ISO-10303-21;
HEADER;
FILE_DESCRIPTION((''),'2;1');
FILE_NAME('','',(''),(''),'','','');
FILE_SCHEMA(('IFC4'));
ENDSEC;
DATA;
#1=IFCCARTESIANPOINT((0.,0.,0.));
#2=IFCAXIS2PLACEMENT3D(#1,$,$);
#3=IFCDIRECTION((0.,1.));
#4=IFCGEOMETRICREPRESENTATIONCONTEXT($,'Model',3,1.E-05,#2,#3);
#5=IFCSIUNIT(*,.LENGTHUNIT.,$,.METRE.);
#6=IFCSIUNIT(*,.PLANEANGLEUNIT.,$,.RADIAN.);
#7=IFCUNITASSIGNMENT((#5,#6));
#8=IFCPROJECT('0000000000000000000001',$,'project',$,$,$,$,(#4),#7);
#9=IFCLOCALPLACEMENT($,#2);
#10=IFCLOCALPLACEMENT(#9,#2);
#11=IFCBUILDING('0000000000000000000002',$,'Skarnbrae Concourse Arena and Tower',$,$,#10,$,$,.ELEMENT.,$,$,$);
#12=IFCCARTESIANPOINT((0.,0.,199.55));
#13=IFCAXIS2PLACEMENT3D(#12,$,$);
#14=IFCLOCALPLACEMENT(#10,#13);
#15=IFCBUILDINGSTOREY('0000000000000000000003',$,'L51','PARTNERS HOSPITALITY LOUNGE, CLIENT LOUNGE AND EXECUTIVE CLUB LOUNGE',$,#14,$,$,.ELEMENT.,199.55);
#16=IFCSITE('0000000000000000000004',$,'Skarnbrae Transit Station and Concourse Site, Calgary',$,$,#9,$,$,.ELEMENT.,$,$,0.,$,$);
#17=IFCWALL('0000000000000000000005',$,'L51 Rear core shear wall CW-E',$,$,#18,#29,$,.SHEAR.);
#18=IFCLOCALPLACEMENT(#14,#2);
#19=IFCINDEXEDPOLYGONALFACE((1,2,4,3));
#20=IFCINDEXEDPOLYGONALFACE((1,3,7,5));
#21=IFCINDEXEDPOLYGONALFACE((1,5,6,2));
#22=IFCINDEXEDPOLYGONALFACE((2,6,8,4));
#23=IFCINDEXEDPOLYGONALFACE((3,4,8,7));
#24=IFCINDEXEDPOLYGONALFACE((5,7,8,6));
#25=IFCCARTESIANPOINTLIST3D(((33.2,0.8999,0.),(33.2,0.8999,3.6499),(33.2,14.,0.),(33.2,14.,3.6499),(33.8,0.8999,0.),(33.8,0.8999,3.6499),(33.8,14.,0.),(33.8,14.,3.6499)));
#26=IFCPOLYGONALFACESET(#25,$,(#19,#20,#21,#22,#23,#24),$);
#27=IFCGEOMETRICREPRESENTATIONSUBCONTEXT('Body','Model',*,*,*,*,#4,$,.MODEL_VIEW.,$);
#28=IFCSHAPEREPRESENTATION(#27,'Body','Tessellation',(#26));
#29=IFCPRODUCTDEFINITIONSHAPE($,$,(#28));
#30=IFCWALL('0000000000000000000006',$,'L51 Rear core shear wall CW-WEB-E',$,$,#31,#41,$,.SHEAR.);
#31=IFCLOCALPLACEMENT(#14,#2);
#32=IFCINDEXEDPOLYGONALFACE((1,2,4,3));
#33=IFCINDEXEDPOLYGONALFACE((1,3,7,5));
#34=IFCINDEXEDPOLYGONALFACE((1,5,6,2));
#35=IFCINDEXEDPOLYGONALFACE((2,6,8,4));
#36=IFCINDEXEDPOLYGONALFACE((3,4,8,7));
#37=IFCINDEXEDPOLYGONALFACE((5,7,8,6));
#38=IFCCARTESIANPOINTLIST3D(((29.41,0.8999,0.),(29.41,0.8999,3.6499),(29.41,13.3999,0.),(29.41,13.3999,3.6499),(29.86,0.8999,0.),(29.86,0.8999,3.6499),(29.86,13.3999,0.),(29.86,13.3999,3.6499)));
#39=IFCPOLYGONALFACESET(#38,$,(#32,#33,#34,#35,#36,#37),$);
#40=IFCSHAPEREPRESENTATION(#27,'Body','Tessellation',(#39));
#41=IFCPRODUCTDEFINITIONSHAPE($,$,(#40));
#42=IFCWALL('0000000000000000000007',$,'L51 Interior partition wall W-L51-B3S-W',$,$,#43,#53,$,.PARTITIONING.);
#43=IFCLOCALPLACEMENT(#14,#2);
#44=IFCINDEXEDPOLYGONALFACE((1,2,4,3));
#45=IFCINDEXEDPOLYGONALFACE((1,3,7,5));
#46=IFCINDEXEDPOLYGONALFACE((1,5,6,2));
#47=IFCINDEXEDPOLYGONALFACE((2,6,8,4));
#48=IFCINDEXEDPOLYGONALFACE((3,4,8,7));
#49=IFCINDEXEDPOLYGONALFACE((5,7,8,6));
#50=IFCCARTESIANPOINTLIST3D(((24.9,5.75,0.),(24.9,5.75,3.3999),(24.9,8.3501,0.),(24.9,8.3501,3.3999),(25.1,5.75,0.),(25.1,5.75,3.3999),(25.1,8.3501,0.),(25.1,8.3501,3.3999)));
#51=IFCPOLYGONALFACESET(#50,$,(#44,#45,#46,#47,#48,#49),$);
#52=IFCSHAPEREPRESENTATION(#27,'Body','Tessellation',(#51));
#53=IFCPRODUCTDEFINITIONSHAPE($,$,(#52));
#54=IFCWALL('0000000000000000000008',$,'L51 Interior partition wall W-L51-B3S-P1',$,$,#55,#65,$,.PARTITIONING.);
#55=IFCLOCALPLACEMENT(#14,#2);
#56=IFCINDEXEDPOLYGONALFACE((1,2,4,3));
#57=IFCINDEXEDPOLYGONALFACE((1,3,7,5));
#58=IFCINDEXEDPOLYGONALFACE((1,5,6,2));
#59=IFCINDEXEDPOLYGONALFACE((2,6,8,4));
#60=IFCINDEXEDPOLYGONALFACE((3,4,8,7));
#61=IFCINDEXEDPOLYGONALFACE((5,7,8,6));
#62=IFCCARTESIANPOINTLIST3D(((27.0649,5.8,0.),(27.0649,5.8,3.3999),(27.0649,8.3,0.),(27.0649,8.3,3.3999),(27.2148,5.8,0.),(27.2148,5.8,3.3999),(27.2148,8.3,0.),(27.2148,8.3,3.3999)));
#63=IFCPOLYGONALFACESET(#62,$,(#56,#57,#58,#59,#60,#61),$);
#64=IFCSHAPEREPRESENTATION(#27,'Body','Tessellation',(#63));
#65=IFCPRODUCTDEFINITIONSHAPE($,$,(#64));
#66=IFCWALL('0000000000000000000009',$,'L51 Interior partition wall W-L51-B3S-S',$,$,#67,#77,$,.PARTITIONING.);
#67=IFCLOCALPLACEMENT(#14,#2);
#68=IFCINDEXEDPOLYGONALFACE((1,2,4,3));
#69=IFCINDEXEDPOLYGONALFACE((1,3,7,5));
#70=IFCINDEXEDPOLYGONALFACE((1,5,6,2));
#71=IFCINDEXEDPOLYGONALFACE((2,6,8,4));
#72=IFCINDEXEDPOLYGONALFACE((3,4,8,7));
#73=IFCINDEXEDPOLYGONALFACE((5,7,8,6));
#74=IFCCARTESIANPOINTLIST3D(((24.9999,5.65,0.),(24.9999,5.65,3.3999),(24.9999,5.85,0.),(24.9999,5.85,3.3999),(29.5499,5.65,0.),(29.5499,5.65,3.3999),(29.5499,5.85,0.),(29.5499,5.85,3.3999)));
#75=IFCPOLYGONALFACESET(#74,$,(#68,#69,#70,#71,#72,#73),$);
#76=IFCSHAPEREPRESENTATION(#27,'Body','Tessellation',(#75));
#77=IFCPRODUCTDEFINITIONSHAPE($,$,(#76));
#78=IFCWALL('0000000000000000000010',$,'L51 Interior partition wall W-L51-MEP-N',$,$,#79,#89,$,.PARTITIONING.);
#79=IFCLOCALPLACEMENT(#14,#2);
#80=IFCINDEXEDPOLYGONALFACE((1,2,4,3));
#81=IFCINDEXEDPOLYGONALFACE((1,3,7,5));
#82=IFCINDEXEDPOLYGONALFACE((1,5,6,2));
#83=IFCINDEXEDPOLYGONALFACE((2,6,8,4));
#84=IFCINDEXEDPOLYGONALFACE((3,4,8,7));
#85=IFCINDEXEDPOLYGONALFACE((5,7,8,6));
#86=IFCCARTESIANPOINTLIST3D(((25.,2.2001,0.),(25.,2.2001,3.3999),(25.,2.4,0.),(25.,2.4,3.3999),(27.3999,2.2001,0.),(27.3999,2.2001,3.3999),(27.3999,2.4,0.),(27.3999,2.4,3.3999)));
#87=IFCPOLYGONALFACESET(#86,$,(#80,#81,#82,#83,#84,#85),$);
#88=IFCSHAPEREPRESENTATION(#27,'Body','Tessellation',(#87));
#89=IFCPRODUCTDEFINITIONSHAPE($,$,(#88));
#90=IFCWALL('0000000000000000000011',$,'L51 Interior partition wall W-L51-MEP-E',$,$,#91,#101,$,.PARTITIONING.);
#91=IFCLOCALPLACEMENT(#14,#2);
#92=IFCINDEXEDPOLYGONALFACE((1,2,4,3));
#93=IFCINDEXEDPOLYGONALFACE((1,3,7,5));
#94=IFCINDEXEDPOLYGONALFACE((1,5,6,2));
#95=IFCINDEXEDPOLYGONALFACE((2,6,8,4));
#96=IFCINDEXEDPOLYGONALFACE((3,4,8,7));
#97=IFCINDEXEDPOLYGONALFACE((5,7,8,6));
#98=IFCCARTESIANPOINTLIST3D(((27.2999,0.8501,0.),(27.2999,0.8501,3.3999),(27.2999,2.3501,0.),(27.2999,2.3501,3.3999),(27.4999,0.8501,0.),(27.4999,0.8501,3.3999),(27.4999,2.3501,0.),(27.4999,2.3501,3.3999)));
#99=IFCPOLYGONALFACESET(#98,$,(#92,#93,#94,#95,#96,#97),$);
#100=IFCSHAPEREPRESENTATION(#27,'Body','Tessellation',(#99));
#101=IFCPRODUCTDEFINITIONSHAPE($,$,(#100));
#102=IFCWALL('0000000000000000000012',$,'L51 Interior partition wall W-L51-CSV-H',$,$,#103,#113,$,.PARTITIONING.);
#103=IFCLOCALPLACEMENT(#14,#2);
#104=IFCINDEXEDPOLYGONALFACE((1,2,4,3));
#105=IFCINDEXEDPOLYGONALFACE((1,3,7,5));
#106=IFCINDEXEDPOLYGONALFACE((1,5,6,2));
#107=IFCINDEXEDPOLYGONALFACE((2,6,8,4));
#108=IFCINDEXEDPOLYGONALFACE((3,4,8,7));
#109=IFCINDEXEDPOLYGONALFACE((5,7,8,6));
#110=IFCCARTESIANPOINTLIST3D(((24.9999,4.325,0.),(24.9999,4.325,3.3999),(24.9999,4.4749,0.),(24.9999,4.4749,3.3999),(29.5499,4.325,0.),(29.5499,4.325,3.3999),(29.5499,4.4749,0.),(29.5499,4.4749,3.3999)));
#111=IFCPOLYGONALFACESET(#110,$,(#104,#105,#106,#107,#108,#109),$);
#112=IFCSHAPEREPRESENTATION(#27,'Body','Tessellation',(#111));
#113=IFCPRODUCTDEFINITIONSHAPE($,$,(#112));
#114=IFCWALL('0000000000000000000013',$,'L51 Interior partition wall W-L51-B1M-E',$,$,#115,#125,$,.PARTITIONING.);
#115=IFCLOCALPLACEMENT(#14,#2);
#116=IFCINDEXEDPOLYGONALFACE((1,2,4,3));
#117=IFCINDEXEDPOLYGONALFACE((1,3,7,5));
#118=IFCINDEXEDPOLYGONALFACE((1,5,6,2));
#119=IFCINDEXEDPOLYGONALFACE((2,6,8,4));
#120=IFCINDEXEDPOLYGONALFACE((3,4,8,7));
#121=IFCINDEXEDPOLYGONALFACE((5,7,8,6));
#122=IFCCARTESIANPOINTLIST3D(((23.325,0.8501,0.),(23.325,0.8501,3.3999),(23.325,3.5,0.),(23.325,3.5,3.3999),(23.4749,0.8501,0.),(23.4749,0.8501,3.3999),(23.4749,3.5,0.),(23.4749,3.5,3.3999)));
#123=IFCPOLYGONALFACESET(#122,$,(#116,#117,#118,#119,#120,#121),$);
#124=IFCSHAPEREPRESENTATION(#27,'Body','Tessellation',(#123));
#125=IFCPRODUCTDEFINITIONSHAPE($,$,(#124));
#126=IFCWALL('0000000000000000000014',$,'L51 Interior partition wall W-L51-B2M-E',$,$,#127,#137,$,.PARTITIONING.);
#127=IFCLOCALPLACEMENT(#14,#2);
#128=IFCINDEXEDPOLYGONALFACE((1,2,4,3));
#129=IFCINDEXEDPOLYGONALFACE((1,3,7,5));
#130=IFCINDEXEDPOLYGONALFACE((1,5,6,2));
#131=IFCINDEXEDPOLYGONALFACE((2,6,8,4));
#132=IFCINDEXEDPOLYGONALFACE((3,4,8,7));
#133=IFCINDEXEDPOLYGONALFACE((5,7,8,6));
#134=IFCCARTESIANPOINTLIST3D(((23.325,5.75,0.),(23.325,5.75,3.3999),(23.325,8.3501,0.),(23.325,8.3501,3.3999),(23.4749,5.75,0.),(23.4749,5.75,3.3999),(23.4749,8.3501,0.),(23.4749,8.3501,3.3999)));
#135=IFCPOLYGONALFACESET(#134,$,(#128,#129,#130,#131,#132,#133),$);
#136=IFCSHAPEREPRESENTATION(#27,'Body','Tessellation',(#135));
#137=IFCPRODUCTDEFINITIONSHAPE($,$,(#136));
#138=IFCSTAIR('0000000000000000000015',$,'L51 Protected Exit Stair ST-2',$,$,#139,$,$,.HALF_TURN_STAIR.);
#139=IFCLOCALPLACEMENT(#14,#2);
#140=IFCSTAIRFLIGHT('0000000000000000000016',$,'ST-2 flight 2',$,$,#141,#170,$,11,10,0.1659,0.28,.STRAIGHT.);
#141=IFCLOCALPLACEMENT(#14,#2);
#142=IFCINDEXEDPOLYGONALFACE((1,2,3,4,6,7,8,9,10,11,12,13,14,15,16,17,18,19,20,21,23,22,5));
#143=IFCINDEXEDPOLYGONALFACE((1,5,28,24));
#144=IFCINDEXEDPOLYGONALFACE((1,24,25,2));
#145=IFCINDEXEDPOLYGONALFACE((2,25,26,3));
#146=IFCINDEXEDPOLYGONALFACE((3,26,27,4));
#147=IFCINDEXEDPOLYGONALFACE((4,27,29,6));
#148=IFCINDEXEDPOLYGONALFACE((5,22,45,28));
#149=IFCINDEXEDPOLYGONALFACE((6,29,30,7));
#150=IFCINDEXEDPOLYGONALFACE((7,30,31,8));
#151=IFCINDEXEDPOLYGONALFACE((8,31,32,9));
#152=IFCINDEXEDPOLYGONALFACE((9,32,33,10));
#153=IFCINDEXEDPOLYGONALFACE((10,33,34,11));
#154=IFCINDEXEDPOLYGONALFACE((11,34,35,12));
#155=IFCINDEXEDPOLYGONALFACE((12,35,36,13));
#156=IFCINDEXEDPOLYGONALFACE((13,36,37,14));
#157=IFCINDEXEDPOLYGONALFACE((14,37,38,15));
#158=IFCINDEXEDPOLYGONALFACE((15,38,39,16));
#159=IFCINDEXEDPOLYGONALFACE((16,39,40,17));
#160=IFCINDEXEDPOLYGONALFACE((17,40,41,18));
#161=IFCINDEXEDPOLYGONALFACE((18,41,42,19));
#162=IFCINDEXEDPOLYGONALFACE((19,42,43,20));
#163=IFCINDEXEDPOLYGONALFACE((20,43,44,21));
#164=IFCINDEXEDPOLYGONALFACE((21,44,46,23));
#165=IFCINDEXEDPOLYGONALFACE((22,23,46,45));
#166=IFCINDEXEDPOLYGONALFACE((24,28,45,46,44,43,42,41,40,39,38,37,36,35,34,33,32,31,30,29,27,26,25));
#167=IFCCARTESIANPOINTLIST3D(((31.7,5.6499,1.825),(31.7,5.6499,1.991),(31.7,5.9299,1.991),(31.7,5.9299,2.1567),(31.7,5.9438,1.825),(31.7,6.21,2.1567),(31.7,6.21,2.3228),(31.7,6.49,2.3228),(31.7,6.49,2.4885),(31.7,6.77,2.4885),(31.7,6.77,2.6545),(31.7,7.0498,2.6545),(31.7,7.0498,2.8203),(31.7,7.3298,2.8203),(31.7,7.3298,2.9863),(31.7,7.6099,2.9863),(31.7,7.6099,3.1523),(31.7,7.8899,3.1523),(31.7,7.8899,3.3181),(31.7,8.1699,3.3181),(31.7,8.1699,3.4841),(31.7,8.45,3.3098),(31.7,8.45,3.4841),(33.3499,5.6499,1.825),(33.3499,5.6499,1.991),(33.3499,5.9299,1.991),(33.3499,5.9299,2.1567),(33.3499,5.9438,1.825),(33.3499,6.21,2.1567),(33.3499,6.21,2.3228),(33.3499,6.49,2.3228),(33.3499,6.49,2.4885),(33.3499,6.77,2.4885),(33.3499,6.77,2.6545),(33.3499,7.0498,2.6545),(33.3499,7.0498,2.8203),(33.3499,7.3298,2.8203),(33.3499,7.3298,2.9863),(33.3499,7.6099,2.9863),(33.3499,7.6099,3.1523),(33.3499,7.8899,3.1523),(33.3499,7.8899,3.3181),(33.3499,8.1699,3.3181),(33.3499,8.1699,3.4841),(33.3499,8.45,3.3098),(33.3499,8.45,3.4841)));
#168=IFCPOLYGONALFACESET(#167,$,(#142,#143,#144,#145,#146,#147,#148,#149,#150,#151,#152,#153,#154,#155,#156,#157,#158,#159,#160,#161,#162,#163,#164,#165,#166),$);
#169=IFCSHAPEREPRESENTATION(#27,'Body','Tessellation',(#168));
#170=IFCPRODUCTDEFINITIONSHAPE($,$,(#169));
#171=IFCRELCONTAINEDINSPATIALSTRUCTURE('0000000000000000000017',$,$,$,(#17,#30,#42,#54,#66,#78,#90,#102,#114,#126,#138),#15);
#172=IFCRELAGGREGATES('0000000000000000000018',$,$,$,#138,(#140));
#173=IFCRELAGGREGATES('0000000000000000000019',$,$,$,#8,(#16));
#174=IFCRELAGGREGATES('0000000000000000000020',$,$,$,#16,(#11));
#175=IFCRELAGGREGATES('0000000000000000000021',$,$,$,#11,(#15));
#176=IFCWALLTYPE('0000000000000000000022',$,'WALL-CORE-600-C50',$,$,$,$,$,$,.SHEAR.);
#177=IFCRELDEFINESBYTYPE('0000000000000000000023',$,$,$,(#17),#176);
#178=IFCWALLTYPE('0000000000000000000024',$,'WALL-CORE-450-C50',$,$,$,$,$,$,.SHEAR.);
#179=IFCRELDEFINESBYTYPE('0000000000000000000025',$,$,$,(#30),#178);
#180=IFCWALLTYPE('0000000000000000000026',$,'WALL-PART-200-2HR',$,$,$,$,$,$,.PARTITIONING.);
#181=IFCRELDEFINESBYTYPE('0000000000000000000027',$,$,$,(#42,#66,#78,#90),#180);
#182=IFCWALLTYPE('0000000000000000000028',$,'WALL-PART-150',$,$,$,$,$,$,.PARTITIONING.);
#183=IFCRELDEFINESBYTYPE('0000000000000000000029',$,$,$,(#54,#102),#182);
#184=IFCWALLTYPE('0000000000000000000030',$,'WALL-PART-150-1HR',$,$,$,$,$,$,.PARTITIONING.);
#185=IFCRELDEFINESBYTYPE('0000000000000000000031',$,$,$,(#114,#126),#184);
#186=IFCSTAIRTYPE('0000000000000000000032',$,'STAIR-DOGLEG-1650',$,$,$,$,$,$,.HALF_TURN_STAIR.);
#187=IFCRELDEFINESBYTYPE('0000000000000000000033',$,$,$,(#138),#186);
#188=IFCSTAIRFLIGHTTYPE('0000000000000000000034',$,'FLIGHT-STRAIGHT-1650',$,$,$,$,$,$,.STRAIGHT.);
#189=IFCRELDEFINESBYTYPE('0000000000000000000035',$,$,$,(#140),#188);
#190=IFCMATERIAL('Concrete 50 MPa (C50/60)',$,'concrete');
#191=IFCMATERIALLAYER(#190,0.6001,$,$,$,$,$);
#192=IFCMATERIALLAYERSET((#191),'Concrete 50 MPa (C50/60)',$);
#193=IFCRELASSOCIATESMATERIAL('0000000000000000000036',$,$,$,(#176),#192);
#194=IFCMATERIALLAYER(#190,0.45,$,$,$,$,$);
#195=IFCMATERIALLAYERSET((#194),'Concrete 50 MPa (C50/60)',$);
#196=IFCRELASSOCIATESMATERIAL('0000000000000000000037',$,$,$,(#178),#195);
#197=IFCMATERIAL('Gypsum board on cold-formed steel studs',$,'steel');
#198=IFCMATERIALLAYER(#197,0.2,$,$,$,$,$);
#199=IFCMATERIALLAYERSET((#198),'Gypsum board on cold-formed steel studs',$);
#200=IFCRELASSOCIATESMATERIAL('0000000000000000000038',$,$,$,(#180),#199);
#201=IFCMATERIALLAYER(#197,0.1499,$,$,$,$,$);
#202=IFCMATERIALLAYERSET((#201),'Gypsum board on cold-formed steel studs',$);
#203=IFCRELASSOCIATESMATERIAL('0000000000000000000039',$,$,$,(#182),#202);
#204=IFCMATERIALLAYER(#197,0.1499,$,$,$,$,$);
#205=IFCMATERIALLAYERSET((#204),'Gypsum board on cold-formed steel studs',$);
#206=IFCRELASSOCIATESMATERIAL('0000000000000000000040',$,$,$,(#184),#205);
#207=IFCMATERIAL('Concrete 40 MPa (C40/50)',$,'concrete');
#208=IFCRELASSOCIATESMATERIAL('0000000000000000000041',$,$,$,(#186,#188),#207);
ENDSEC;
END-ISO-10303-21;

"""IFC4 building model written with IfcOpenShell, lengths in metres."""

from ifc_helpers import new_model, si_unit, direction, frame, frame_2d, origin, place, context, subcontext, project, spatial, polyline, rectangle, outline, extrude, source, transform, mapped, material, layer, layer_set, type_object, element, aggregate, save


model = new_model("IFC4")

# Units and contexts
model_context = context("Model", 3, precision=1e-05, world=origin(), true_north=direction((0.0, 1.0)))
body_context = subcontext(model_context, "Body", "Model", "MODEL_VIEW")
ifc_project = project(units=[si_unit("LENGTHUNIT", "METRE"), si_unit("PLANEANGLEUNIT", "RADIAN")], contexts=[model_context])

# Site, building, storey
site_placement = place(None, origin())
site = spatial("IfcSite", under=ifc_project, at=site_placement, Name="Skarnbrae Transit Station and Concourse Site, Calgary", CompositionType="ELEMENT", RefElevation=0.0)
building_placement = place(site_placement, origin())
building = spatial("IfcBuilding", under=site, at=building_placement, Name="Skarnbrae Concourse Arena and Tower", CompositionType="ELEMENT")
storey_placement = place(building_placement, frame((0.0, 0.0, 199.55)))
storey = spatial("IfcBuildingStorey", under=building, at=storey_placement, Name="L51", Description="PARTNERS HOSPITALITY LOUNGE, CLIENT LOUNGE AND EXECUTIVE CLUB LOUNGE", CompositionType="ELEMENT", Elevation=199.55)

# Walls
ifc_material_1 = material(Name="Concrete 50 MPa (C50/60)", Category="concrete")
ifc_layer_1 = layer(ifc_material_1, 0.6001)
ifc_layer_set_1 = layer_set([ifc_layer_1], Name="Concrete 50 MPa (C50/60)")
wall_type_1 = type_object("IfcWallType", Name="WALL-CORE-600-C50", PredefinedType="SHEAR", material=ifc_layer_set_1)
shared_shape_1 = source(origin(), body_context, "Body", "SweptSolid", [
    extrude(rectangle(XDim=13.1001, YDim=0.6001, at=frame_2d((6.55, 0.0))), origin(), (0.0, 0.0, 1.0), 3.6499),
])
wall_1_placement = place(storey_placement, frame((33.5, 0.8999, 0.0), z_axis=(0.0, 0.0, 1.0), x_axis=(0.0, 1.0, 0.0)))
element("IfcWall", 1, at=wall_1_placement, inside=storey, type_object=wall_type_1, Name="L51 Rear core shear wall CW-E", PredefinedType="SHEAR", context=body_context, shape_type="MappedRepresentation", body=[
    mapped(shared_shape_1, transform((0.0, 0.0, 0.0))),
])
ifc_layer_2 = layer(ifc_material_1, 0.45)
ifc_layer_set_2 = layer_set([ifc_layer_2], Name="Concrete 50 MPa (C50/60)")
wall_type_2 = type_object("IfcWallType", Name="WALL-CORE-450-C50", PredefinedType="SHEAR", material=ifc_layer_set_2)
shared_shape_2 = source(origin(), body_context, "Body", "SweptSolid", [
    extrude(rectangle(XDim=12.5, YDim=0.45, at=frame_2d((6.25, 0.0))), origin(), (0.0, 0.0, 1.0), 3.6499),
])
wall_2_placement = place(storey_placement, frame((29.635, 0.8999, 0.0), z_axis=(0.0, 0.0, 1.0), x_axis=(0.0, 1.0, 0.0)))
element("IfcWall", 2, at=wall_2_placement, inside=storey, type_object=wall_type_2, Name="L51 Rear core shear wall CW-WEB-E", PredefinedType="SHEAR", context=body_context, shape_type="MappedRepresentation", body=[
    mapped(shared_shape_2, transform((0.0, 0.0, 0.0))),
])
ifc_material_2 = material(Name="Gypsum board on cold-formed steel studs", Category="steel")
ifc_layer_3 = layer(ifc_material_2, 0.2)
ifc_layer_set_3 = layer_set([ifc_layer_3], Name="Gypsum board on cold-formed steel studs")
wall_type_3 = type_object("IfcWallType", Name="WALL-PART-200-2HR", PredefinedType="PARTITIONING", material=ifc_layer_set_3)
shared_shape_3 = source(origin(), body_context, "Body", "SweptSolid", [
    extrude(rectangle(XDim=2.6001, YDim=0.2, at=frame_2d((1.3, 0.0))), origin(), (0.0, 0.0, 1.0), 3.3999),
])
wall_3_placement = place(storey_placement, frame((25.0, 5.75, 0.0), z_axis=(0.0, 0.0, 1.0), x_axis=(0.0, 1.0, 0.0)))
element("IfcWall", 3, at=wall_3_placement, inside=storey, type_object=wall_type_3, Name="L51 Interior partition wall W-L51-B3S-W", PredefinedType="PARTITIONING", context=body_context, shape_type="MappedRepresentation", body=[
    mapped(shared_shape_3, transform((0.0, 0.0, 0.0))),
])
ifc_layer_4 = layer(ifc_material_2, 0.1499)
ifc_layer_set_4 = layer_set([ifc_layer_4], Name="Gypsum board on cold-formed steel studs")
wall_type_4 = type_object("IfcWallType", Name="WALL-PART-150", PredefinedType="PARTITIONING", material=ifc_layer_set_4)
shared_shape_4 = source(origin(), body_context, "Body", "SweptSolid", [
    extrude(rectangle(XDim=2.5, YDim=0.1499, at=frame_2d((1.25, 0.0))), origin(), (0.0, 0.0, 1.0), 3.3999),
])
wall_4_placement = place(storey_placement, frame((27.1399, 5.8, 0.0), z_axis=(0.0, 0.0, 1.0), x_axis=(0.0, 1.0, 0.0)))
element("IfcWall", 4, at=wall_4_placement, inside=storey, type_object=wall_type_4, Name="L51 Interior partition wall W-L51-B3S-P1", PredefinedType="PARTITIONING", context=body_context, shape_type="MappedRepresentation", body=[
    mapped(shared_shape_4, transform((0.0, 0.0, 0.0))),
])

# Shared definitions
shared_shape_5 = source(origin(), body_context, "Body", "SweptSolid", [
    extrude(rectangle(XDim=4.55, YDim=0.2, at=frame_2d((2.2749, 0.0))), origin(), (0.0, 0.0, 1.0), 3.3999),
])

# Wall
wall_5_placement = place(storey_placement, frame((25.0, 5.75, 0.0), z_axis=(0.0, 0.0, 1.0), x_axis=(1.0, 0.0, 0.0)))
element("IfcWall", 5, at=wall_5_placement, inside=storey, type_object=wall_type_3, Name="L51 Interior partition wall W-L51-B3S-S", PredefinedType="PARTITIONING", context=body_context, shape_type="MappedRepresentation", body=[
    mapped(shared_shape_5, transform((0.0, 0.0, 0.0))),
])

# Shared definitions
ifc_layer_5 = layer(ifc_material_2, 0.1499)
ifc_layer_set_5 = layer_set([ifc_layer_5], Name="Gypsum board on cold-formed steel studs")
wall_type_5 = type_object("IfcWallType", Name="WALL-PART-150-1HR", PredefinedType="PARTITIONING", material=ifc_layer_set_5)

# Walls
shared_shape_6 = source(origin(), body_context, "Body", "SweptSolid", [
    extrude(rectangle(XDim=2.3999, YDim=0.2, at=frame_2d((1.2, 0.0))), origin(), (0.0, 0.0, 1.0), 3.3999),
])
wall_6_placement = place(storey_placement, frame((25.0, 2.3, 0.0), z_axis=(0.0, 0.0, 1.0), x_axis=(1.0, 0.0, 0.0)))
element("IfcWall", 6, at=wall_6_placement, inside=storey, type_object=wall_type_3, Name="L51 Interior partition wall W-L51-MEP-N", PredefinedType="PARTITIONING", context=body_context, shape_type="MappedRepresentation", body=[
    mapped(shared_shape_6, transform((0.0, 0.0, 0.0))),
])
shared_shape_7 = source(origin(), body_context, "Body", "SweptSolid", [
    extrude(rectangle(XDim=1.5, YDim=0.2, at=frame_2d((0.75, 0.0))), origin(), (0.0, 0.0, 1.0), 3.3999),
])
wall_7_placement = place(storey_placement, frame((27.3999, 0.8501, 0.0), z_axis=(0.0, 0.0, 1.0), x_axis=(0.0, 1.0, 0.0)))
element("IfcWall", 7, at=wall_7_placement, inside=storey, type_object=wall_type_3, Name="L51 Interior partition wall W-L51-MEP-E", PredefinedType="PARTITIONING", context=body_context, shape_type="MappedRepresentation", body=[
    mapped(shared_shape_7, transform((0.0, 0.0, 0.0))),
])
shared_shape_8 = source(origin(), body_context, "Body", "SweptSolid", [
    extrude(rectangle(XDim=4.55, YDim=0.1499, at=frame_2d((2.2749, 0.0))), origin(), (0.0, 0.0, 1.0), 3.3999),
])
wall_8_placement = place(storey_placement, frame((25.0, 4.3999, 0.0), z_axis=(0.0, 0.0, 1.0), x_axis=(1.0, 0.0, 0.0)))
element("IfcWall", 8, at=wall_8_placement, inside=storey, type_object=wall_type_4, Name="L51 Interior partition wall W-L51-CSV-H", PredefinedType="PARTITIONING", context=body_context, shape_type="MappedRepresentation", body=[
    mapped(shared_shape_8, transform((0.0, 0.0, 0.0))),
])
shared_shape_9 = source(origin(), body_context, "Body", "SweptSolid", [
    extrude(rectangle(XDim=2.6499, YDim=0.1499, at=frame_2d((1.325, 0.0))), origin(), (0.0, 0.0, 1.0), 3.3999),
])
wall_9_placement = place(storey_placement, frame((23.3999, 0.8501, 0.0), z_axis=(0.0, 0.0, 1.0), x_axis=(0.0, 1.0, 0.0)))
element("IfcWall", 9, at=wall_9_placement, inside=storey, type_object=wall_type_5, Name="L51 Interior partition wall W-L51-B1M-E", PredefinedType="PARTITIONING", context=body_context, shape_type="MappedRepresentation", body=[
    mapped(shared_shape_9, transform((0.0, 0.0, 0.0))),
])
shared_shape_10 = source(origin(), body_context, "Body", "SweptSolid", [
    extrude(rectangle(XDim=2.6001, YDim=0.1499, at=frame_2d((1.3, 0.0))), origin(), (0.0, 0.0, 1.0), 3.3999),
])
wall_10_placement = place(storey_placement, frame((23.3999, 5.75, 0.0), z_axis=(0.0, 0.0, 1.0), x_axis=(0.0, 1.0, 0.0)))
element("IfcWall", 10, at=wall_10_placement, inside=storey, type_object=wall_type_5, Name="L51 Interior partition wall W-L51-B2M-E", PredefinedType="PARTITIONING", context=body_context, shape_type="MappedRepresentation", body=[
    mapped(shared_shape_10, transform((0.0, 0.0, 0.0))),
])

# Stair, stair flight
ifc_material_3 = material(Name="Concrete 40 MPa (C40/50)", Category="concrete")
stair_type = type_object("IfcStairType", Name="STAIR-DOGLEG-1650", PredefinedType="HALF_TURN_STAIR", material=ifc_material_3)
stair_placement = place(storey_placement, origin())
stair = element("IfcStair", 11, at=stair_placement, inside=storey, type_object=stair_type, Name="L51 Protected Exit Stair ST-2", PredefinedType="HALF_TURN_STAIR")
stair_flight_type = type_object("IfcStairFlightType", Name="FLIGHT-STRAIGHT-1650", PredefinedType="STRAIGHT", material=ifc_material_3)
shared_shape_11 = source(origin(), body_context, "Body", "SweptSolid", [
    extrude(outline(polyline([(0.0, 0.0), (0.0, 0.166), (0.28, 0.166), (0.28, 0.3318), (0.5601, 0.3318), (0.5601, 0.4978), (0.8401, 0.4978), (0.8401, 0.6636), (1.1201, 0.6636), (1.1201, 0.8296), (1.3999, 0.8296), (1.3999, 0.9954), (1.6799, 0.9954), (1.6799, 1.1614), (1.96, 1.1614), (1.96, 1.3274), (2.24, 1.3274), (2.24, 1.4932), (2.52, 1.4932), (2.52, 1.6592), (2.8, 1.6592), (2.8, 1.825), (2.8, 1.4849), (0.2939, 0.0), (0.0, 0.0)])), frame((0.0, 0.825, 0.0), z_axis=(0.0, -1.0, 0.0), x_axis=(1.0, 0.0, 0.0)), (0.0, 0.0, 1.0), 1.6499),
])
stair_flight_placement = place(storey_placement, frame((32.5249, 5.6499, 1.825), z_axis=(0.0, 0.0, 1.0), x_axis=(0.0, 1.0, 0.0)))
stair_flight = element("IfcStairFlight", 12, at=stair_flight_placement, type_object=stair_flight_type, Name="ST-2 flight 2", NumberOfRisers=11, NumberOfTreads=10, PredefinedType="STRAIGHT", RiserHeight=0.1659, TreadLength=0.28, context=body_context, shape_type="MappedRepresentation", body=[
    mapped(shared_shape_11, transform((0.0, 0.0, 0.0))),
])
aggregate(stair, [stair_flight])

save(model, "model.ifc")
